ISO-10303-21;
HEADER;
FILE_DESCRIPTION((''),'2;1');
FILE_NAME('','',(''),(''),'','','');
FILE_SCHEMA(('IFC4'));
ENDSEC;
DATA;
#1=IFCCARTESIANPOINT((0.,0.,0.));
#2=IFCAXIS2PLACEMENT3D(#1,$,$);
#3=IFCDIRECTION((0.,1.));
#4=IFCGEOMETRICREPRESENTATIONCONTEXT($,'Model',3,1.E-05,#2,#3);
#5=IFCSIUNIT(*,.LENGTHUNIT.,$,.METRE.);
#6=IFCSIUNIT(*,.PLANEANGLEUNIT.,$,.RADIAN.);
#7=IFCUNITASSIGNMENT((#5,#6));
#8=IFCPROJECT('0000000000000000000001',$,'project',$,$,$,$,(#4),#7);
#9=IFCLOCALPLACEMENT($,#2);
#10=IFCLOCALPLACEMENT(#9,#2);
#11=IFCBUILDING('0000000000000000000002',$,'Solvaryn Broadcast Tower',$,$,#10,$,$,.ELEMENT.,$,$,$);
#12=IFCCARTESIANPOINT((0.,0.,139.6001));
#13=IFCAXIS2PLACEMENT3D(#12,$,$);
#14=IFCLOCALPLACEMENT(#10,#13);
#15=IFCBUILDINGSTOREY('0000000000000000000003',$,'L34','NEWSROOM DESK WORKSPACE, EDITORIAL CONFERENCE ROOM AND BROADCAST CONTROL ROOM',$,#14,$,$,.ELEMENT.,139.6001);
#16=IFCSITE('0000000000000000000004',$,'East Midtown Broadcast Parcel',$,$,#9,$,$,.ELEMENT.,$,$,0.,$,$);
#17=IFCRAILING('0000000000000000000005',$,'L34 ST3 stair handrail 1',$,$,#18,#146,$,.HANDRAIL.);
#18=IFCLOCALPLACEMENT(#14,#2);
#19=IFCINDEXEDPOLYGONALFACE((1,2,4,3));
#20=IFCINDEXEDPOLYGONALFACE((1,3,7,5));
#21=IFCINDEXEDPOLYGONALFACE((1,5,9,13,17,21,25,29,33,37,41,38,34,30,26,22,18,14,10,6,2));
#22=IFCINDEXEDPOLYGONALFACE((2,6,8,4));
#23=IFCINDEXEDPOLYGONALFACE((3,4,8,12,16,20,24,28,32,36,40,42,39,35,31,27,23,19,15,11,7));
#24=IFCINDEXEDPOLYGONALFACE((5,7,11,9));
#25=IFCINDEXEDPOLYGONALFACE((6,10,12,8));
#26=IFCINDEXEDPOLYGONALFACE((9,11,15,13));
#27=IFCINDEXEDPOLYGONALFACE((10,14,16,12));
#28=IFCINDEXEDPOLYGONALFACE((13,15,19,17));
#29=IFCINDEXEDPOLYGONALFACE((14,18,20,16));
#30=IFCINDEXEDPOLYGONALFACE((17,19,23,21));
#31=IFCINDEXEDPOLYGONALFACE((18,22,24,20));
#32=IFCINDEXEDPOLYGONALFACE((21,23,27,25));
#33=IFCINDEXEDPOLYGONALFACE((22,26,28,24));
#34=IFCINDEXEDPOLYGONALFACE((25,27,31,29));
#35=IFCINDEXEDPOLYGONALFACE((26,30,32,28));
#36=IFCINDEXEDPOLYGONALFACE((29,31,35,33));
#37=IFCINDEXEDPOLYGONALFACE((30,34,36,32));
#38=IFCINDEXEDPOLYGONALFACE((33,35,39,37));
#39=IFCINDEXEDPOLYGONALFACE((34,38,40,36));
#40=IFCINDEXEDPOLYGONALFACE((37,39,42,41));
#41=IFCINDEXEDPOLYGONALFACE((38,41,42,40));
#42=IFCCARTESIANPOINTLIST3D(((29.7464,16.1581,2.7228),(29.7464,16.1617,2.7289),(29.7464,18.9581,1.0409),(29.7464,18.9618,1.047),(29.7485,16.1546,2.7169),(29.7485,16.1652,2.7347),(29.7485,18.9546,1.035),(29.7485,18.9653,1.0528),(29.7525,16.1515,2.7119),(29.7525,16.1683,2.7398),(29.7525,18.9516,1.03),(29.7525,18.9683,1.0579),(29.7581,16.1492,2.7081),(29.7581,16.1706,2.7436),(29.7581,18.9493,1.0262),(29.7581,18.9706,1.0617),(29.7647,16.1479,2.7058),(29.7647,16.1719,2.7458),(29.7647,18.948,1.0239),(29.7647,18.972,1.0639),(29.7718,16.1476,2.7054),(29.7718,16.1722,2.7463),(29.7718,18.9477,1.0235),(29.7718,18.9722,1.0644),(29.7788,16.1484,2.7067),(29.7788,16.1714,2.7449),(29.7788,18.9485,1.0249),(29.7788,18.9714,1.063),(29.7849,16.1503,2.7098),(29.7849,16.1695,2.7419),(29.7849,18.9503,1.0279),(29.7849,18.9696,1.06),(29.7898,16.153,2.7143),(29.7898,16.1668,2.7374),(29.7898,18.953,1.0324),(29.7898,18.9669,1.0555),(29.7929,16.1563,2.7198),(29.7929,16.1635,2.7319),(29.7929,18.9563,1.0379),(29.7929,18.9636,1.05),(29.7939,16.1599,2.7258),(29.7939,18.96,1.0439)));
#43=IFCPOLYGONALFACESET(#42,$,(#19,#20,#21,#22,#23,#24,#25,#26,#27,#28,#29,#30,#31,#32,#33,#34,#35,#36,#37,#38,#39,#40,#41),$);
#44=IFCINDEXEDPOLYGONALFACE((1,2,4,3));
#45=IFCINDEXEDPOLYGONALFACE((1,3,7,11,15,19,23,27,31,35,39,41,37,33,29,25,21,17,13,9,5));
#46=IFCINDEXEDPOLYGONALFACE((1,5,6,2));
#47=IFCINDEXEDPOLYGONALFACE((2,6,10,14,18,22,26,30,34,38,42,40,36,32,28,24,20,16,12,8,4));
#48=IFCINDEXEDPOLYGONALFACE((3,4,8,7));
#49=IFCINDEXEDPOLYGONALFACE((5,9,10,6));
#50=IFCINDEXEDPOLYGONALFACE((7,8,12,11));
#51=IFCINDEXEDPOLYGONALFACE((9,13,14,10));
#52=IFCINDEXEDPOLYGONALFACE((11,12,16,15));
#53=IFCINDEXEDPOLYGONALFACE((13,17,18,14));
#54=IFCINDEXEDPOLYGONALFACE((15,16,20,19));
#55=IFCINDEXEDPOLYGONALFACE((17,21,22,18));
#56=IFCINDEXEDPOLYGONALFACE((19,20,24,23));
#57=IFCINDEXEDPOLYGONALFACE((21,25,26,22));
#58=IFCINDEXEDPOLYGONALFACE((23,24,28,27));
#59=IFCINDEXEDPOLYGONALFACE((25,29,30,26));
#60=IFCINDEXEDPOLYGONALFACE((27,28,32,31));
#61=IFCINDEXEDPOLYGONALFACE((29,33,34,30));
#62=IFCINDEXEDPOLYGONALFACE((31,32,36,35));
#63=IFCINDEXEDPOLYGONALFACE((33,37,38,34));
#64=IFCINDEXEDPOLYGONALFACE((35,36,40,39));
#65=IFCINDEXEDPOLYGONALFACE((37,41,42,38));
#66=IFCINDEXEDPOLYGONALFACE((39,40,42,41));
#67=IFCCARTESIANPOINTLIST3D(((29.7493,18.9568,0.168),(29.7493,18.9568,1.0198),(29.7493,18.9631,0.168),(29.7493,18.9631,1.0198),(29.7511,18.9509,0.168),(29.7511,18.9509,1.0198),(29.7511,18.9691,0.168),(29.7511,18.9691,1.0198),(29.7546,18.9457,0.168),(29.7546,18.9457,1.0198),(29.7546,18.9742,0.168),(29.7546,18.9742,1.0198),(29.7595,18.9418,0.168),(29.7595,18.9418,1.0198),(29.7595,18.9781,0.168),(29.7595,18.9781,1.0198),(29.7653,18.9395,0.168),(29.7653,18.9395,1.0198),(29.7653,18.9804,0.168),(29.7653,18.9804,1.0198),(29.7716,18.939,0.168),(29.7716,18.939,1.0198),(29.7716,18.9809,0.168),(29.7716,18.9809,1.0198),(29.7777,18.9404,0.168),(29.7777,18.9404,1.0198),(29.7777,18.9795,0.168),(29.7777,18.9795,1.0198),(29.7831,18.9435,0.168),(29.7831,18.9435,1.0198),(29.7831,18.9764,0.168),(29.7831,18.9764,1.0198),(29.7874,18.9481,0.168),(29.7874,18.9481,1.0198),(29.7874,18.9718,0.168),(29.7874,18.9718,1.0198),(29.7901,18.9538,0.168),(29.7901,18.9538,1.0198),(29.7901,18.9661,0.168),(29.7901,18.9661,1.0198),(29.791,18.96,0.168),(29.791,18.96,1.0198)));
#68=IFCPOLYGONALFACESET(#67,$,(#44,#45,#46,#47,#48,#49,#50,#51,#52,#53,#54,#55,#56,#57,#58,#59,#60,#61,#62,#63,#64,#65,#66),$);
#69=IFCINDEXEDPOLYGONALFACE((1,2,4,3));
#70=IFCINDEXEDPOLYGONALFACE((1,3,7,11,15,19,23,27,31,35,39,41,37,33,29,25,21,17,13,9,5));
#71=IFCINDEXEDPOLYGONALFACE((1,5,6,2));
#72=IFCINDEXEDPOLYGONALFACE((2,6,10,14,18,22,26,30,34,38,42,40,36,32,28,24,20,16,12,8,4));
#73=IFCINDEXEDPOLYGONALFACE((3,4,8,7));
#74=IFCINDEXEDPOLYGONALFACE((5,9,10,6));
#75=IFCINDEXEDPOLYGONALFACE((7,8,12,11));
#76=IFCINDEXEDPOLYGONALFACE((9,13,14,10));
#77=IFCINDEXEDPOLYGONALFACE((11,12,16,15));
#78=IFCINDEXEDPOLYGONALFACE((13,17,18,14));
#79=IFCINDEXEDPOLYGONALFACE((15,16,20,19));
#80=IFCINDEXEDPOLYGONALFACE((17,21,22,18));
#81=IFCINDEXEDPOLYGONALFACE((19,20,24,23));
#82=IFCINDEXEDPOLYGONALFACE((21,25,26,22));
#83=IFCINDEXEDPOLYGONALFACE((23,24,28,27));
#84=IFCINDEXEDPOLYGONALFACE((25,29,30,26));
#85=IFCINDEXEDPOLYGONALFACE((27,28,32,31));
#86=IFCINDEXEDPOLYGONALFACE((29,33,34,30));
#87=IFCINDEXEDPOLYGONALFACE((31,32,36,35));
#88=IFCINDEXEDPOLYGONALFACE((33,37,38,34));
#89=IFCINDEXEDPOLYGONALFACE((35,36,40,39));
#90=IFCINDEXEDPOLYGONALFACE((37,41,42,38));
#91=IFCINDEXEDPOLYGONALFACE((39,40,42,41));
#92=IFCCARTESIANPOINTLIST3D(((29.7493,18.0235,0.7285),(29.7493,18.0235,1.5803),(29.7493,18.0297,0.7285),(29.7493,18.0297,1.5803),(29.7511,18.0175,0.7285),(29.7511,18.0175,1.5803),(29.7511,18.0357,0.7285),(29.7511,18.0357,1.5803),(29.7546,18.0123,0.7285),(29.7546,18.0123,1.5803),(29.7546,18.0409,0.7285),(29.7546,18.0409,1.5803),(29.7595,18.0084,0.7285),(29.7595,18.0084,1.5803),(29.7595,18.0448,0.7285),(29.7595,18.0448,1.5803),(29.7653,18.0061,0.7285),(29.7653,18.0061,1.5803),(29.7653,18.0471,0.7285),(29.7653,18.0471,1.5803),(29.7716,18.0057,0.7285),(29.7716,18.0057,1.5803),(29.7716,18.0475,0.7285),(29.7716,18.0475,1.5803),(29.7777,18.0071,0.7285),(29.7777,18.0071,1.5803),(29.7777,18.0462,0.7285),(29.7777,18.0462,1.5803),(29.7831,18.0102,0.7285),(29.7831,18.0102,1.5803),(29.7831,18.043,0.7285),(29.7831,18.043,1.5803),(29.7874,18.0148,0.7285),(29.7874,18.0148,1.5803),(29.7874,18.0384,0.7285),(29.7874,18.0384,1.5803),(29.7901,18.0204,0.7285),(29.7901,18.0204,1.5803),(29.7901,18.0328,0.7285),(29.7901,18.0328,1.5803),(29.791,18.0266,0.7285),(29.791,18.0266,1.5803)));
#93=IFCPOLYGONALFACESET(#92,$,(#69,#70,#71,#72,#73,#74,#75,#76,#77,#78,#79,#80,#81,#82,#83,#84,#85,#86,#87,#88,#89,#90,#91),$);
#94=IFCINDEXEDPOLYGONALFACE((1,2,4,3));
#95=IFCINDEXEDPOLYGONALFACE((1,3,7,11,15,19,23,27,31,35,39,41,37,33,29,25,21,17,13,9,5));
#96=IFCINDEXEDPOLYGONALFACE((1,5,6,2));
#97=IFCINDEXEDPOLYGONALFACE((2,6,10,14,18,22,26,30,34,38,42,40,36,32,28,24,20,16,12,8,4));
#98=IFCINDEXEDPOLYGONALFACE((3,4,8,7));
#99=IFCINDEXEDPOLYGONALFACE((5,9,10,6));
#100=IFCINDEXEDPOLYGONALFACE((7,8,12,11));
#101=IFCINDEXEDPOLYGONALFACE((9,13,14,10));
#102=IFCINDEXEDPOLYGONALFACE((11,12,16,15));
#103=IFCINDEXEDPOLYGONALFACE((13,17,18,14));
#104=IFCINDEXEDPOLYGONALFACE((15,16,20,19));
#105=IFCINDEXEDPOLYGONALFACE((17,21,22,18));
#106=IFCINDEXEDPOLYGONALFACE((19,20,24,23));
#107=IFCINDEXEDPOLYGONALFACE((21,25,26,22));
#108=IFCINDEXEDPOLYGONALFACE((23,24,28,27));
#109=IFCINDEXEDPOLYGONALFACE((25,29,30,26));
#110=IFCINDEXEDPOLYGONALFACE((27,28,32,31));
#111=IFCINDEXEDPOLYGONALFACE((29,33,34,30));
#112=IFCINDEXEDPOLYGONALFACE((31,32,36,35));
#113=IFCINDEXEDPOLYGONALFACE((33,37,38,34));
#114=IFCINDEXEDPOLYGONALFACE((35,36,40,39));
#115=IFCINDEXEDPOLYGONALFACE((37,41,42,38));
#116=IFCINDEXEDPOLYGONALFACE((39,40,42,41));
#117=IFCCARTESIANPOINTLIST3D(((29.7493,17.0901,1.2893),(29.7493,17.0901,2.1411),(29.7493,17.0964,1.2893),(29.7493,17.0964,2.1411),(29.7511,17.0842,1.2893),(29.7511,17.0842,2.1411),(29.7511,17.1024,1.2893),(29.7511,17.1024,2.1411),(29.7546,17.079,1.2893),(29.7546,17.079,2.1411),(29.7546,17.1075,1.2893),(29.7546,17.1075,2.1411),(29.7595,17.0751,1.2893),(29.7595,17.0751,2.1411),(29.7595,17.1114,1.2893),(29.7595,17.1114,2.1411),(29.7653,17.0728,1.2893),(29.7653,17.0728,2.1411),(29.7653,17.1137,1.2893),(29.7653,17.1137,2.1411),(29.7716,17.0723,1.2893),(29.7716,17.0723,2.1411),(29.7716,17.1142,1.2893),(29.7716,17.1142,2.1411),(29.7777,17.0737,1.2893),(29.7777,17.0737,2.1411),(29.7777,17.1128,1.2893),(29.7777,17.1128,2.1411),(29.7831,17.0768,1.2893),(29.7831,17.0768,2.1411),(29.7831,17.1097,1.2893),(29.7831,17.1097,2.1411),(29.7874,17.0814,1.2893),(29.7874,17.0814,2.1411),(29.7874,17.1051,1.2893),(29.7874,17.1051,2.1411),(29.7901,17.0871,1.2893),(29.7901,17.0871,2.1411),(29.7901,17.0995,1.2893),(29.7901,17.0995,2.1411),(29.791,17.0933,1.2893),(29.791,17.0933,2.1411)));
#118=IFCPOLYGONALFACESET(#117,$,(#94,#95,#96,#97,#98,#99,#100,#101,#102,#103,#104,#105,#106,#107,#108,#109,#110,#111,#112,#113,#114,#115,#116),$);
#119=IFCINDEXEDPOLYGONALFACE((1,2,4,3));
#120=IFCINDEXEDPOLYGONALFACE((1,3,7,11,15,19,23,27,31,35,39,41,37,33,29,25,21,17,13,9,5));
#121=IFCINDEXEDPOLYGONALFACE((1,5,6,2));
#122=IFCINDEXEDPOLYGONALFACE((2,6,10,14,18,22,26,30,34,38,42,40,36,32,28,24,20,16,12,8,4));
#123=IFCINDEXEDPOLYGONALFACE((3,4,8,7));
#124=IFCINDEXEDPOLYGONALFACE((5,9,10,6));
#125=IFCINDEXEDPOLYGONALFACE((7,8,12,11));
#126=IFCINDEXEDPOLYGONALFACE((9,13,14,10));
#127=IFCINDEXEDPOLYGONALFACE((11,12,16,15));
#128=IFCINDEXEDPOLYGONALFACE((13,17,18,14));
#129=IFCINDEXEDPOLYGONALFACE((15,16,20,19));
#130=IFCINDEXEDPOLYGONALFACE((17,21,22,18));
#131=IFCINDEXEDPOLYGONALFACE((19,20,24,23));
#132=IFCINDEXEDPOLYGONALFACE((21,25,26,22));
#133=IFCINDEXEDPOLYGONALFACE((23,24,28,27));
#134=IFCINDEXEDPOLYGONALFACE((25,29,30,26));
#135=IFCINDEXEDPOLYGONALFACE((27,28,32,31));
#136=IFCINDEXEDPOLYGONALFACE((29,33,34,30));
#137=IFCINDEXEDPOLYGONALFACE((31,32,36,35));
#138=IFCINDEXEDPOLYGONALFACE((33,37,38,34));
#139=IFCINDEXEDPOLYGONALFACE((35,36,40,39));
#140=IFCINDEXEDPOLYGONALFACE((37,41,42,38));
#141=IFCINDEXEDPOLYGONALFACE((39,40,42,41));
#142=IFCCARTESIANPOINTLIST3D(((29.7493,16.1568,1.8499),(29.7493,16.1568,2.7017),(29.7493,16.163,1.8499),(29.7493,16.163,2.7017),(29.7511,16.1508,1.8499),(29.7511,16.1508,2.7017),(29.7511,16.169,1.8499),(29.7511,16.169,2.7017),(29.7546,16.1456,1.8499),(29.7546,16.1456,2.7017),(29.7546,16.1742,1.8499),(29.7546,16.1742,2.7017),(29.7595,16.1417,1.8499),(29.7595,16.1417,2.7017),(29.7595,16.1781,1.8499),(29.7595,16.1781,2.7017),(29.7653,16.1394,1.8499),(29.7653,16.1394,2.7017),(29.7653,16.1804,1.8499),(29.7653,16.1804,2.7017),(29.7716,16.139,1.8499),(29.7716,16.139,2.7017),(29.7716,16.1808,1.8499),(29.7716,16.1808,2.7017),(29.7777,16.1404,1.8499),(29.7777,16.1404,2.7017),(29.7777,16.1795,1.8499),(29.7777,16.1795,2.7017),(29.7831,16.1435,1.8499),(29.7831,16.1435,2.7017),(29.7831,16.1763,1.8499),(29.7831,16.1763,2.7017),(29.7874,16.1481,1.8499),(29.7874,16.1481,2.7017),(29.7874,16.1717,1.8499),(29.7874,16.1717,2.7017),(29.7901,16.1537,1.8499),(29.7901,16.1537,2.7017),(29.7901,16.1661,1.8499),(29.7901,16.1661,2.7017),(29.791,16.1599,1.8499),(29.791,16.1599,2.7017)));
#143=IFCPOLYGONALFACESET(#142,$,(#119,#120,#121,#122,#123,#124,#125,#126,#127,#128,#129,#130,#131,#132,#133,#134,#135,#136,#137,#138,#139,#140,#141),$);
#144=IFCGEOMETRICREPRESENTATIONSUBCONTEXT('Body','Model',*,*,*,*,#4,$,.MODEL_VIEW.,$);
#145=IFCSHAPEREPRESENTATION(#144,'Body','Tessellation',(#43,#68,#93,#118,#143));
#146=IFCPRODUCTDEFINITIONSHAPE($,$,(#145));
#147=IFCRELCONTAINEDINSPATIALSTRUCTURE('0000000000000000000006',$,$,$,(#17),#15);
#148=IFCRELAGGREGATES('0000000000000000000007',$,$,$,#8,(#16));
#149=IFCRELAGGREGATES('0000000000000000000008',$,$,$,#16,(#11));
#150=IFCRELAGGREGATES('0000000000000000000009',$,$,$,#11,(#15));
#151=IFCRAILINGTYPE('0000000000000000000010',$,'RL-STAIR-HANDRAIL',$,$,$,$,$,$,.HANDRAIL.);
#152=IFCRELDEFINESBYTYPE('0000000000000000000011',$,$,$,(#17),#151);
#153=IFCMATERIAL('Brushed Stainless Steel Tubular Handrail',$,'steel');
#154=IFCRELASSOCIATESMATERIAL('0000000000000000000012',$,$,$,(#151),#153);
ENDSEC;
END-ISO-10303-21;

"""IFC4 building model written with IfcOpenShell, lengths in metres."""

from ifc_helpers import new_model, si_unit, direction, frame, origin, origin_2d, place, context, subcontext, project, spatial, circle, extrude, material, type_object, element, save


model = new_model("IFC4")

# Units and contexts
model_context = context("Model", 3, precision=1e-05, world=origin(), true_north=direction((0.0, 1.0)))
body_context = subcontext(model_context, "Body", "Model", "MODEL_VIEW")
ifc_project = project(units=[si_unit("LENGTHUNIT", "METRE"), si_unit("PLANEANGLEUNIT", "RADIAN")], contexts=[model_context])

# Site, building, storey
site_placement = place(None, origin())
site = spatial("IfcSite", under=ifc_project, at=site_placement, Name="East Midtown Broadcast Parcel", CompositionType="ELEMENT", RefElevation=0.0)
building_placement = place(site_placement, origin())
building = spatial("IfcBuilding", under=site, at=building_placement, Name="Solvaryn Broadcast Tower", CompositionType="ELEMENT")
storey_placement = place(building_placement, frame((0.0, 0.0, 139.6001)))
storey = spatial("IfcBuildingStorey", under=building, at=storey_placement, Name="L34", Description="NEWSROOM DESK WORKSPACE, EDITORIAL CONFERENCE ROOM AND BROADCAST CONTROL ROOM", CompositionType="ELEMENT", Elevation=139.6001)

# Railing
ifc_material_1 = material(Name="Brushed Stainless Steel Tubular Handrail", Category="steel")
railing_type_1 = type_object("IfcRailingType", Name="RL-STAIR-HANDRAIL", PredefinedType="HANDRAIL", material=ifc_material_1)
railing_1_placement = place(storey_placement, frame((29.77, 18.96, 0.168)))
element("IfcRailing", 1, at=railing_1_placement, inside=storey, type_object=railing_type_1, Name="L34 ST3 stair handrail 1", PredefinedType="HANDRAIL", context=body_context, shape_type="SweptSolid", body=[
    extrude(circle(Radius=0.0239, at=origin_2d()), frame((0.0, 0.0, 0.876), z_axis=(0.0, -0.857242, 0.514913), x_axis=(1.0, 0.0, 0.0)), (0.0, 0.0, 1.0), 3.2664),
    extrude(circle(Radius=0.021, at=origin_2d()), origin(), (0.0, 0.0, 1.0), 0.8518),
    extrude(circle(Radius=0.021, at=origin_2d()), frame((0.0, -0.9333, 0.5605)), (0.0, 0.0, 1.0), 0.8518),
    extrude(circle(Radius=0.021, at=origin_2d()), frame((0.0, -1.8667, 1.1213)), (0.0, 0.0, 1.0), 0.8518),
    extrude(circle(Radius=0.021, at=origin_2d()), frame((0.0, -2.8, 1.6819)), (0.0, 0.0, 1.0), 0.8518),
])

save(model, "model.ifc")
